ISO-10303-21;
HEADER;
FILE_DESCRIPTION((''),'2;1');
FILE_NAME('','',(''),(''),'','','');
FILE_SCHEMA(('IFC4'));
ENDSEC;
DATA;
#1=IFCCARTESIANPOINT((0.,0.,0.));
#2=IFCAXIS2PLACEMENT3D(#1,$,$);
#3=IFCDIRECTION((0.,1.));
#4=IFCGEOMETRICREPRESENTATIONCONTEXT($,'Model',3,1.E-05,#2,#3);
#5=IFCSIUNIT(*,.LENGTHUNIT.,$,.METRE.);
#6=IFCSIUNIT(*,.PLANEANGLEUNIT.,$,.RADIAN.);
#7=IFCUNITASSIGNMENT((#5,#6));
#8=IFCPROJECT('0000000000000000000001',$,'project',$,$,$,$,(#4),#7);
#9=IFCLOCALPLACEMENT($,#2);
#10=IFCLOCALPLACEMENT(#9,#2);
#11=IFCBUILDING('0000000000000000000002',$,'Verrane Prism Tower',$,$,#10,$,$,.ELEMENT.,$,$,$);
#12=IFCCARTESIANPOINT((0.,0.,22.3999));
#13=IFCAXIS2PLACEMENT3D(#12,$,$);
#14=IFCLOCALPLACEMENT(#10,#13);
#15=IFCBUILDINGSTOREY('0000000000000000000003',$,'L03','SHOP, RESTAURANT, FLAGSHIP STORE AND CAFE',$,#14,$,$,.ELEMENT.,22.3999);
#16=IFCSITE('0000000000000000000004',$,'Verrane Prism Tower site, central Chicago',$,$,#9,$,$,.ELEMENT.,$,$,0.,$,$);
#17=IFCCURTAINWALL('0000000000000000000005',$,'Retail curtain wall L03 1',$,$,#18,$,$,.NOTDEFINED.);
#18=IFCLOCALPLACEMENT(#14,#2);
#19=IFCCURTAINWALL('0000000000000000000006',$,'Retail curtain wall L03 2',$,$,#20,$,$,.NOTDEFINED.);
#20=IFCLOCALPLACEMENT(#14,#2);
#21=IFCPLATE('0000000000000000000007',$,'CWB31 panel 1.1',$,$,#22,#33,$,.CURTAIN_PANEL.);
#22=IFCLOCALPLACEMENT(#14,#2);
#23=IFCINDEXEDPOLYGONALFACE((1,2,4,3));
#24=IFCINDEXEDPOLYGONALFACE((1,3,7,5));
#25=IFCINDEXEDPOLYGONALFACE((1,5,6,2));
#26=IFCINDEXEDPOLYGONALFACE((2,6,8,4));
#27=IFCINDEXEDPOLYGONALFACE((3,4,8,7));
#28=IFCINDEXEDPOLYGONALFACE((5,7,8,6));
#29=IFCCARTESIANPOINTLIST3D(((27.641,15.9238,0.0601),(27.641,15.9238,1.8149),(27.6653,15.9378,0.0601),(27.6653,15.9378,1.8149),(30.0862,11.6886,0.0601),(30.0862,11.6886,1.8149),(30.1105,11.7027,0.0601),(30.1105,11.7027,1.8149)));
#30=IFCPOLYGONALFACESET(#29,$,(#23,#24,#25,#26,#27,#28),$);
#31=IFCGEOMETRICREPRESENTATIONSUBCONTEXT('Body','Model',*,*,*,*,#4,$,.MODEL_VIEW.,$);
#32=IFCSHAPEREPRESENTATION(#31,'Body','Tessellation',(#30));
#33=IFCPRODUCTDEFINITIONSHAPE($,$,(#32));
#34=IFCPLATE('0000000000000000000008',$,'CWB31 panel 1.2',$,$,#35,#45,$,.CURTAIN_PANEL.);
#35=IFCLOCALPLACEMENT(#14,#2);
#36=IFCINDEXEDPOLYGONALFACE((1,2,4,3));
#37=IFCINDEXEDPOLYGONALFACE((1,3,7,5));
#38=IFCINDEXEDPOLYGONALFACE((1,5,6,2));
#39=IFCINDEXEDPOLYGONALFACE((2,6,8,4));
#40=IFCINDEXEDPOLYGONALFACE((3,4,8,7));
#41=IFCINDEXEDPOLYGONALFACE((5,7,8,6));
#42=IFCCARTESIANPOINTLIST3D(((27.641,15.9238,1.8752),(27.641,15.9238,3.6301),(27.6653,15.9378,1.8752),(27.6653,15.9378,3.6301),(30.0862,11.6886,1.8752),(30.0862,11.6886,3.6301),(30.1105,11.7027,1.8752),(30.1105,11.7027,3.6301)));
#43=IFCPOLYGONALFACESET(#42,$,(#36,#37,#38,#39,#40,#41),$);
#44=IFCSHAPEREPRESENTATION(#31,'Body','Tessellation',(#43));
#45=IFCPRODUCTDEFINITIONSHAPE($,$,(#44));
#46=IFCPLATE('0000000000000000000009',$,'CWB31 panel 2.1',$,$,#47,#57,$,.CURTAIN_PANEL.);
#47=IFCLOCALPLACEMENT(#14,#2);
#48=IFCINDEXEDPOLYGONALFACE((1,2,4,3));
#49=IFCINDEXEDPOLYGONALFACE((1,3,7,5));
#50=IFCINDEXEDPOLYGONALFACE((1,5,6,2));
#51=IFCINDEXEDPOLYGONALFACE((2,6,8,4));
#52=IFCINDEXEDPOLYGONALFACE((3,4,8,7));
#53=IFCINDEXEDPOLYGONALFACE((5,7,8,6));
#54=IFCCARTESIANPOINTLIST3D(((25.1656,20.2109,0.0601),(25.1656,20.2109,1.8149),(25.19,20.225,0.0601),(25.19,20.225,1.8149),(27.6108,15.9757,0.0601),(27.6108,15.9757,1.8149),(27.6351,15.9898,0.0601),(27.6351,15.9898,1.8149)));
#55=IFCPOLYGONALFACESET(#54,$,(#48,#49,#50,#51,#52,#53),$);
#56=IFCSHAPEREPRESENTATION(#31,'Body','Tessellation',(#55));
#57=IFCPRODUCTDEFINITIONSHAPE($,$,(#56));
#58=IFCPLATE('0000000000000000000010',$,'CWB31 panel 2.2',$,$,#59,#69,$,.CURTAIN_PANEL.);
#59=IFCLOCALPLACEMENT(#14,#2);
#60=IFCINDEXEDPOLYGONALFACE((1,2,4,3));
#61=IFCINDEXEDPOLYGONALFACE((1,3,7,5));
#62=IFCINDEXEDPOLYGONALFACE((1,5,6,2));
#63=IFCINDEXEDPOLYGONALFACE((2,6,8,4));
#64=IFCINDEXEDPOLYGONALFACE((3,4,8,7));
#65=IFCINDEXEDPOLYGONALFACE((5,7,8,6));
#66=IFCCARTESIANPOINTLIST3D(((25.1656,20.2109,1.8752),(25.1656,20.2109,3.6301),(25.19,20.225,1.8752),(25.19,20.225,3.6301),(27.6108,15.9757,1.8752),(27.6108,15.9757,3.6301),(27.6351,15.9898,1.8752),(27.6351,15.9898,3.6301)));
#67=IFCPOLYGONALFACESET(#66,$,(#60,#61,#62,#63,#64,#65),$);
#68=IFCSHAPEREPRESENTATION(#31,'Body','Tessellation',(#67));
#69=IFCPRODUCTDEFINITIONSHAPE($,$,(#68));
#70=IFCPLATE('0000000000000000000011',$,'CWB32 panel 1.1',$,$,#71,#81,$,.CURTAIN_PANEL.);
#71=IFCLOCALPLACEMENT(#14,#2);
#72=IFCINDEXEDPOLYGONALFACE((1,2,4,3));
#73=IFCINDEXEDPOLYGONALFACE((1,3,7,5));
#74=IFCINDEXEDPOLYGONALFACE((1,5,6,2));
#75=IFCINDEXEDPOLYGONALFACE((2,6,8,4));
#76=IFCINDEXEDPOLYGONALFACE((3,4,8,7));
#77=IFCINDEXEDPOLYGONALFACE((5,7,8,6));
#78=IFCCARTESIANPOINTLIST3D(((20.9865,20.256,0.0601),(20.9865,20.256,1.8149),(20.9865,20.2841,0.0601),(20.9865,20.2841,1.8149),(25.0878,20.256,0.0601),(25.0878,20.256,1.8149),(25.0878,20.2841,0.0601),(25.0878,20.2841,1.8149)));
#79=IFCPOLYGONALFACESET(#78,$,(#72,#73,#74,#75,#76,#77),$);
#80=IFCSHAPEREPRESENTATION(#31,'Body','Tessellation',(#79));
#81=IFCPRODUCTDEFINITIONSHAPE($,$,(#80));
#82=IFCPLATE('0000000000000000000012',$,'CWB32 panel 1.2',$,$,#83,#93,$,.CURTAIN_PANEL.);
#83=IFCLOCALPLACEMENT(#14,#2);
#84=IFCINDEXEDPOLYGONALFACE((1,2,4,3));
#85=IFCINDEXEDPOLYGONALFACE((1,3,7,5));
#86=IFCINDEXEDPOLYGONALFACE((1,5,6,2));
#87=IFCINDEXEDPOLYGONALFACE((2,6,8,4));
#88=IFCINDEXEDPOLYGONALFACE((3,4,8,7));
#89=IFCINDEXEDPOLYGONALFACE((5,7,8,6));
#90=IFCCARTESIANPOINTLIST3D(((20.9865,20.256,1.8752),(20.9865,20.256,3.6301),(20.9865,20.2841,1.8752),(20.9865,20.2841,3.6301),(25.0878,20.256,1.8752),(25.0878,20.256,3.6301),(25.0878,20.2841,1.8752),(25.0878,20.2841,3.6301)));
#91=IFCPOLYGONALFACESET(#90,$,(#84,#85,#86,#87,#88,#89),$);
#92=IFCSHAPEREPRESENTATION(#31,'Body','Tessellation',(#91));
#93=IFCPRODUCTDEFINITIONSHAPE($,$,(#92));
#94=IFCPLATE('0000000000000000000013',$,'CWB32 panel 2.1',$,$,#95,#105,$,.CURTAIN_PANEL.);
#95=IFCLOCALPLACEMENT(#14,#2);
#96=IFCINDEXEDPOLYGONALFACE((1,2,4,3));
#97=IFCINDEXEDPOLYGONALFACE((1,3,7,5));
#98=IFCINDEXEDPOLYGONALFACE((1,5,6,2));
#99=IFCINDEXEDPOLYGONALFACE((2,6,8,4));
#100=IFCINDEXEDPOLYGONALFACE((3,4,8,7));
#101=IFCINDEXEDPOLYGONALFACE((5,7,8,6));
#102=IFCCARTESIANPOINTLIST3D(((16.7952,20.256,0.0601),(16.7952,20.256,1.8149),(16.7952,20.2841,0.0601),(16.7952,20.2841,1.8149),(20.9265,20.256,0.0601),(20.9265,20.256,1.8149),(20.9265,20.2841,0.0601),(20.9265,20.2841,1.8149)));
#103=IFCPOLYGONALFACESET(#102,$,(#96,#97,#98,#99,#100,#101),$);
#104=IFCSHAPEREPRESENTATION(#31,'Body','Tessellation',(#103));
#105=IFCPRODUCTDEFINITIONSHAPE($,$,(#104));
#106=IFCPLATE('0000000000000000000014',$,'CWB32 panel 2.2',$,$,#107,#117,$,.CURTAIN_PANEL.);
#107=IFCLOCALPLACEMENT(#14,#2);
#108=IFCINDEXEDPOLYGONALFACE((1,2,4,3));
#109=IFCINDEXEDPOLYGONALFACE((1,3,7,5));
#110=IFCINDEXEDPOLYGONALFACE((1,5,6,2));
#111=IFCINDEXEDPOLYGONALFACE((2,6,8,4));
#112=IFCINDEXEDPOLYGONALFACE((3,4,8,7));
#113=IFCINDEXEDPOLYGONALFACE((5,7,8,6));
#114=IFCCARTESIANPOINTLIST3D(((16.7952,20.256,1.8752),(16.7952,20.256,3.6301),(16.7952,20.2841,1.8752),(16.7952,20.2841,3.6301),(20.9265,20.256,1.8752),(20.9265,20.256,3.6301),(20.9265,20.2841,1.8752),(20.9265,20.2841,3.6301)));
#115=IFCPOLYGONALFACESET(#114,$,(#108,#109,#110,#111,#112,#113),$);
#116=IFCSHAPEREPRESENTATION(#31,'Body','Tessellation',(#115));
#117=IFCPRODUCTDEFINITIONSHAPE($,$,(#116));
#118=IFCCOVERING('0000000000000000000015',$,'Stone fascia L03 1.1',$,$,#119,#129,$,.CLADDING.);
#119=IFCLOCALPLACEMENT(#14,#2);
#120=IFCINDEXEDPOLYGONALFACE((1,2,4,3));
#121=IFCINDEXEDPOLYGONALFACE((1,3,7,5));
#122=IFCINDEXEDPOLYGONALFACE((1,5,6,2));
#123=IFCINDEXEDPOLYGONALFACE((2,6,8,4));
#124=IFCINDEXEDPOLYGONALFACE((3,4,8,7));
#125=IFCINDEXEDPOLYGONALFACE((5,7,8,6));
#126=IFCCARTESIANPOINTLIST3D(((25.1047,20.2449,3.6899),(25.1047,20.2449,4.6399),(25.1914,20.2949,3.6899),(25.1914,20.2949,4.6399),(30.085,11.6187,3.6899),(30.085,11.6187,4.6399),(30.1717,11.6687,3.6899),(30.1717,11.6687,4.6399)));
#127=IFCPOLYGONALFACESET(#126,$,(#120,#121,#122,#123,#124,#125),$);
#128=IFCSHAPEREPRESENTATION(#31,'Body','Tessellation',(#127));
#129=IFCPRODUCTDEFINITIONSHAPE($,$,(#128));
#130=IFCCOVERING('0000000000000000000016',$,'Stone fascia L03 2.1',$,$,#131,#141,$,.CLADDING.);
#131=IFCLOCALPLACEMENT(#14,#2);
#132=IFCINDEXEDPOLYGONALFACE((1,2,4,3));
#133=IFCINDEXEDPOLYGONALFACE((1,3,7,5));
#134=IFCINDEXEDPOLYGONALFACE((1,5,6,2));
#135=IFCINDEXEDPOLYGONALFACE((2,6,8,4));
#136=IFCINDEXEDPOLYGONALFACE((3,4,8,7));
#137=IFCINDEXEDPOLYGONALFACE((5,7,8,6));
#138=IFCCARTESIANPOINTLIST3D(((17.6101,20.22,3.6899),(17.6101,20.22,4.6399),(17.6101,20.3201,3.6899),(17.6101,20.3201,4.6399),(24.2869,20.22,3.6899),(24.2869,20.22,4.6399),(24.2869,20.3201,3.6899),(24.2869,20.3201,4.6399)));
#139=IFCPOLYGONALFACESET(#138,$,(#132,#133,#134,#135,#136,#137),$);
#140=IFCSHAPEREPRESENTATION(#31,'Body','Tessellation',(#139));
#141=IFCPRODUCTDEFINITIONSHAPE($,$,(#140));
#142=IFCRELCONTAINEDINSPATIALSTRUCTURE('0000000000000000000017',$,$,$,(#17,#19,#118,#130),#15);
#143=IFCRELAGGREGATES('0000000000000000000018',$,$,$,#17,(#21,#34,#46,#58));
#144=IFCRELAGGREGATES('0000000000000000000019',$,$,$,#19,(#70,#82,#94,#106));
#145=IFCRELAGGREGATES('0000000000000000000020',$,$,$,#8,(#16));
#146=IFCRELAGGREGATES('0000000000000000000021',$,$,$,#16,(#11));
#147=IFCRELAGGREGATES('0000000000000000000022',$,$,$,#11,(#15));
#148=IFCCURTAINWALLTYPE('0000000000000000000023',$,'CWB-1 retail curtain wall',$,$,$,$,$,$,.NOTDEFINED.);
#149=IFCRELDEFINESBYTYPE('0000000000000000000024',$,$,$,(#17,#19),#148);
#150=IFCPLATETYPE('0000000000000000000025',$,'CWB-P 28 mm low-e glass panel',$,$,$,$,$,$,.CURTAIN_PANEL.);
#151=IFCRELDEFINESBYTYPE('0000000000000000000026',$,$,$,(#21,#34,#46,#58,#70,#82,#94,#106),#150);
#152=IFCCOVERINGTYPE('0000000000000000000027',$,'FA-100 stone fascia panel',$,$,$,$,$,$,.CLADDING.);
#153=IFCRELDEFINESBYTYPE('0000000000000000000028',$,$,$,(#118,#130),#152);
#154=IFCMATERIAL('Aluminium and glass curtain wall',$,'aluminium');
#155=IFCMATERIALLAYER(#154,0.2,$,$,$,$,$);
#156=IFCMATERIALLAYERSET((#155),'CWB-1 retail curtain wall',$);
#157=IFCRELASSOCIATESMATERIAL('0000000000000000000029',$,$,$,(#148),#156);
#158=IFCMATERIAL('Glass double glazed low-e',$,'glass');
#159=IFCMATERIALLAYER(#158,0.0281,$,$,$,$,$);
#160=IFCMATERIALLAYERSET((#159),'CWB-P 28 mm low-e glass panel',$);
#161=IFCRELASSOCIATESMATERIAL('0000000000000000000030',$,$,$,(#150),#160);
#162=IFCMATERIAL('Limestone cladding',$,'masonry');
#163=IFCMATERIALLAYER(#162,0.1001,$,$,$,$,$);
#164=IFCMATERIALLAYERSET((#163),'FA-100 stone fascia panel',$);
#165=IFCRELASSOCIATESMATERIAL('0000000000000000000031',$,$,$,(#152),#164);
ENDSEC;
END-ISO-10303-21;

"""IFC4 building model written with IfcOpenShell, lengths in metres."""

from ifc_helpers import new_model, si_unit, direction, frame, origin, origin_2d, place, context, subcontext, project, spatial, rectangle, extrude, material, layer, layer_set, type_object, element, aggregate, save


model = new_model("IFC4")

# Units and contexts
model_context = context("Model", 3, precision=1e-05, world=origin(), true_north=direction((0.0, 1.0)))
body_context = subcontext(model_context, "Body", "Model", "MODEL_VIEW")
ifc_project = project(units=[si_unit("LENGTHUNIT", "METRE"), si_unit("PLANEANGLEUNIT", "RADIAN")], contexts=[model_context])

# Site, building, storey
site_placement = place(None, origin())
site = spatial("IfcSite", under=ifc_project, at=site_placement, Name="Verrane Prism Tower site, central Chicago", CompositionType="ELEMENT", RefElevation=0.0)
building_placement = place(site_placement, origin())
building = spatial("IfcBuilding", under=site, at=building_placement, Name="Verrane Prism Tower", CompositionType="ELEMENT")
storey_placement = place(building_placement, frame((0.0, 0.0, 22.3999)))
storey = spatial("IfcBuildingStorey", under=building, at=storey_placement, Name="L03", Description="SHOP, RESTAURANT, FLAGSHIP STORE AND CAFE", CompositionType="ELEMENT", Elevation=22.3999)

# Curtain walls
ifc_material_1 = material(Name="Aluminium and glass curtain wall", Category="aluminium")
ifc_layer_1 = layer(ifc_material_1, 0.2)
ifc_layer_set_1 = layer_set([ifc_layer_1], Name="CWB-1 retail curtain wall")
curtain_wall_type = type_object("IfcCurtainWallType", Name="CWB-1 retail curtain wall", PredefinedType="NOTDEFINED", material=ifc_layer_set_1)
curtain_wall_1_placement = place(storey_placement, origin())
curtain_wall_1 = element("IfcCurtainWall", 1, at=curtain_wall_1_placement, inside=storey, type_object=curtain_wall_type, Name="Retail curtain wall L03 1", PredefinedType="NOTDEFINED")
curtain_wall_2_placement = place(storey_placement, origin())
curtain_wall_2 = element("IfcCurtainWall", 2, at=curtain_wall_2_placement, inside=storey, type_object=curtain_wall_type, Name="Retail curtain wall L03 2", PredefinedType="NOTDEFINED")

# Plates
ifc_material_2 = material(Name="Glass double glazed low-e", Category="glass")
ifc_layer_2 = layer(ifc_material_2, 0.0281)
ifc_layer_set_2 = layer_set([ifc_layer_2], Name="CWB-P 28 mm low-e glass panel")
plate_type = type_object("IfcPlateType", Name="CWB-P 28 mm low-e glass panel", PredefinedType="CURTAIN_PANEL", material=ifc_layer_set_2)
plate_1_placement = place(storey_placement, frame((28.8757, 13.8132, 0.0601), z_axis=(0.0, 0.0, 1.0), x_axis=(-0.499999, 0.866026, 0.0)))
plate_1 = element("IfcPlate", 3, at=plate_1_placement, type_object=plate_type, Name="CWB31 panel 1.1", PredefinedType="CURTAIN_PANEL", context=body_context, shape_type="SweptSolid", body=[
    extrude(rectangle(XDim=4.8904, YDim=0.0281, at=origin_2d()), origin(), (0.0, 0.0, 1.0), 1.7549),
])
plate_2_placement = place(storey_placement, frame((28.8757, 13.8132, 1.8752), z_axis=(0.0, 0.0, 1.0), x_axis=(-0.499999, 0.866026, 0.0)))
plate_2 = element("IfcPlate", 4, at=plate_2_placement, type_object=plate_type, Name="CWB31 panel 1.2", PredefinedType="CURTAIN_PANEL", context=body_context, shape_type="SweptSolid", body=[
    extrude(rectangle(XDim=4.8904, YDim=0.0281, at=origin_2d()), origin(), (0.0, 0.0, 1.0), 1.7549),
])
plate_3_placement = place(storey_placement, frame((26.4004, 18.1003, 0.0601), z_axis=(0.0, 0.0, 1.0), x_axis=(-0.499999, 0.866026, 0.0)))
plate_3 = element("IfcPlate", 5, at=plate_3_placement, type_object=plate_type, Name="CWB31 panel 2.1", PredefinedType="CURTAIN_PANEL", context=body_context, shape_type="SweptSolid", body=[
    extrude(rectangle(XDim=4.8904, YDim=0.0281, at=origin_2d()), origin(), (0.0, 0.0, 1.0), 1.7549),
])
plate_4_placement = place(storey_placement, frame((26.4004, 18.1003, 1.8752), z_axis=(0.0, 0.0, 1.0), x_axis=(-0.499999, 0.866026, 0.0)))
plate_4 = element("IfcPlate", 6, at=plate_4_placement, type_object=plate_type, Name="CWB31 panel 2.2", PredefinedType="CURTAIN_PANEL", context=body_context, shape_type="SweptSolid", body=[
    extrude(rectangle(XDim=4.8904, YDim=0.0281, at=origin_2d()), origin(), (0.0, 0.0, 1.0), 1.7549),
])
aggregate(curtain_wall_1, [plate_1, plate_2, plate_3, plate_4])
plate_5_placement = place(storey_placement, frame((23.0371, 20.27, 0.0601), z_axis=(0.0, 0.0, 1.0), x_axis=(-1.0, 0.0, 0.0)))
plate_5 = element("IfcPlate", 7, at=plate_5_placement, type_object=plate_type, Name="CWB32 panel 1.1", PredefinedType="CURTAIN_PANEL", context=body_context, shape_type="SweptSolid", body=[
    extrude(rectangle(XDim=4.1013, YDim=0.0281, at=origin_2d()), origin(), (0.0, 0.0, 1.0), 1.7549),
])
plate_6_placement = place(storey_placement, frame((23.0371, 20.27, 1.8752), z_axis=(0.0, 0.0, 1.0), x_axis=(-1.0, 0.0, 0.0)))
plate_6 = element("IfcPlate", 8, at=plate_6_placement, type_object=plate_type, Name="CWB32 panel 1.2", PredefinedType="CURTAIN_PANEL", context=body_context, shape_type="SweptSolid", body=[
    extrude(rectangle(XDim=4.1013, YDim=0.0281, at=origin_2d()), origin(), (0.0, 0.0, 1.0), 1.7549),
])
plate_7_placement = place(storey_placement, frame((18.8608, 20.27, 0.0601), z_axis=(0.0, 0.0, 1.0), x_axis=(-1.0, 0.0, 0.0)))
plate_7 = element("IfcPlate", 9, at=plate_7_placement, type_object=plate_type, Name="CWB32 panel 2.1", PredefinedType="CURTAIN_PANEL", context=body_context, shape_type="SweptSolid", body=[
    extrude(rectangle(XDim=4.1313, YDim=0.0281, at=origin_2d()), origin(), (0.0, 0.0, 1.0), 1.7549),
])
plate_8_placement = place(storey_placement, frame((18.8608, 20.27, 1.8752), z_axis=(0.0, 0.0, 1.0), x_axis=(-1.0, 0.0, 0.0)))
plate_8 = element("IfcPlate", 10, at=plate_8_placement, type_object=plate_type, Name="CWB32 panel 2.2", PredefinedType="CURTAIN_PANEL", context=body_context, shape_type="SweptSolid", body=[
    extrude(rectangle(XDim=4.1313, YDim=0.0281, at=origin_2d()), origin(), (0.0, 0.0, 1.0), 1.7549),
])
aggregate(curtain_wall_2, [plate_5, plate_6, plate_7, plate_8])

# Coverings
ifc_material_3 = material(Name="Limestone cladding", Category="masonry")
ifc_layer_3 = layer(ifc_material_3, 0.1001)
ifc_layer_set_3 = layer_set([ifc_layer_3], Name="FA-100 stone fascia panel")
covering_type = type_object("IfcCoveringType", Name="FA-100 stone fascia panel", PredefinedType="CLADDING", material=ifc_layer_set_3)
covering_1_placement = place(storey_placement, frame((27.6382, 15.9568, 3.6899), z_axis=(0.0, 0.0, 1.0), x_axis=(-0.499999, 0.866026, 0.0)))
element("IfcCovering", 11, at=covering_1_placement, inside=storey, type_object=covering_type, Name="Stone fascia L03 1.1", PredefinedType="CLADDING", context=body_context, shape_type="SweptSolid", body=[
    extrude(rectangle(XDim=9.9607, YDim=0.1001, at=origin_2d()), origin(), (0.0, 0.0, 1.0), 0.95),
])
covering_2_placement = place(storey_placement, frame((20.9485, 20.27, 3.6899), z_axis=(0.0, 0.0, 1.0), x_axis=(-1.0, 0.0, 0.0)))
element("IfcCovering", 12, at=covering_2_placement, inside=storey, type_object=covering_type, Name="Stone fascia L03 2.1", PredefinedType="CLADDING", context=body_context, shape_type="SweptSolid", body=[
    extrude(rectangle(XDim=6.6768, YDim=0.1001, at=origin_2d()), origin(), (0.0, 0.0, 1.0), 0.95),
])

save(model, "model.ifc")
